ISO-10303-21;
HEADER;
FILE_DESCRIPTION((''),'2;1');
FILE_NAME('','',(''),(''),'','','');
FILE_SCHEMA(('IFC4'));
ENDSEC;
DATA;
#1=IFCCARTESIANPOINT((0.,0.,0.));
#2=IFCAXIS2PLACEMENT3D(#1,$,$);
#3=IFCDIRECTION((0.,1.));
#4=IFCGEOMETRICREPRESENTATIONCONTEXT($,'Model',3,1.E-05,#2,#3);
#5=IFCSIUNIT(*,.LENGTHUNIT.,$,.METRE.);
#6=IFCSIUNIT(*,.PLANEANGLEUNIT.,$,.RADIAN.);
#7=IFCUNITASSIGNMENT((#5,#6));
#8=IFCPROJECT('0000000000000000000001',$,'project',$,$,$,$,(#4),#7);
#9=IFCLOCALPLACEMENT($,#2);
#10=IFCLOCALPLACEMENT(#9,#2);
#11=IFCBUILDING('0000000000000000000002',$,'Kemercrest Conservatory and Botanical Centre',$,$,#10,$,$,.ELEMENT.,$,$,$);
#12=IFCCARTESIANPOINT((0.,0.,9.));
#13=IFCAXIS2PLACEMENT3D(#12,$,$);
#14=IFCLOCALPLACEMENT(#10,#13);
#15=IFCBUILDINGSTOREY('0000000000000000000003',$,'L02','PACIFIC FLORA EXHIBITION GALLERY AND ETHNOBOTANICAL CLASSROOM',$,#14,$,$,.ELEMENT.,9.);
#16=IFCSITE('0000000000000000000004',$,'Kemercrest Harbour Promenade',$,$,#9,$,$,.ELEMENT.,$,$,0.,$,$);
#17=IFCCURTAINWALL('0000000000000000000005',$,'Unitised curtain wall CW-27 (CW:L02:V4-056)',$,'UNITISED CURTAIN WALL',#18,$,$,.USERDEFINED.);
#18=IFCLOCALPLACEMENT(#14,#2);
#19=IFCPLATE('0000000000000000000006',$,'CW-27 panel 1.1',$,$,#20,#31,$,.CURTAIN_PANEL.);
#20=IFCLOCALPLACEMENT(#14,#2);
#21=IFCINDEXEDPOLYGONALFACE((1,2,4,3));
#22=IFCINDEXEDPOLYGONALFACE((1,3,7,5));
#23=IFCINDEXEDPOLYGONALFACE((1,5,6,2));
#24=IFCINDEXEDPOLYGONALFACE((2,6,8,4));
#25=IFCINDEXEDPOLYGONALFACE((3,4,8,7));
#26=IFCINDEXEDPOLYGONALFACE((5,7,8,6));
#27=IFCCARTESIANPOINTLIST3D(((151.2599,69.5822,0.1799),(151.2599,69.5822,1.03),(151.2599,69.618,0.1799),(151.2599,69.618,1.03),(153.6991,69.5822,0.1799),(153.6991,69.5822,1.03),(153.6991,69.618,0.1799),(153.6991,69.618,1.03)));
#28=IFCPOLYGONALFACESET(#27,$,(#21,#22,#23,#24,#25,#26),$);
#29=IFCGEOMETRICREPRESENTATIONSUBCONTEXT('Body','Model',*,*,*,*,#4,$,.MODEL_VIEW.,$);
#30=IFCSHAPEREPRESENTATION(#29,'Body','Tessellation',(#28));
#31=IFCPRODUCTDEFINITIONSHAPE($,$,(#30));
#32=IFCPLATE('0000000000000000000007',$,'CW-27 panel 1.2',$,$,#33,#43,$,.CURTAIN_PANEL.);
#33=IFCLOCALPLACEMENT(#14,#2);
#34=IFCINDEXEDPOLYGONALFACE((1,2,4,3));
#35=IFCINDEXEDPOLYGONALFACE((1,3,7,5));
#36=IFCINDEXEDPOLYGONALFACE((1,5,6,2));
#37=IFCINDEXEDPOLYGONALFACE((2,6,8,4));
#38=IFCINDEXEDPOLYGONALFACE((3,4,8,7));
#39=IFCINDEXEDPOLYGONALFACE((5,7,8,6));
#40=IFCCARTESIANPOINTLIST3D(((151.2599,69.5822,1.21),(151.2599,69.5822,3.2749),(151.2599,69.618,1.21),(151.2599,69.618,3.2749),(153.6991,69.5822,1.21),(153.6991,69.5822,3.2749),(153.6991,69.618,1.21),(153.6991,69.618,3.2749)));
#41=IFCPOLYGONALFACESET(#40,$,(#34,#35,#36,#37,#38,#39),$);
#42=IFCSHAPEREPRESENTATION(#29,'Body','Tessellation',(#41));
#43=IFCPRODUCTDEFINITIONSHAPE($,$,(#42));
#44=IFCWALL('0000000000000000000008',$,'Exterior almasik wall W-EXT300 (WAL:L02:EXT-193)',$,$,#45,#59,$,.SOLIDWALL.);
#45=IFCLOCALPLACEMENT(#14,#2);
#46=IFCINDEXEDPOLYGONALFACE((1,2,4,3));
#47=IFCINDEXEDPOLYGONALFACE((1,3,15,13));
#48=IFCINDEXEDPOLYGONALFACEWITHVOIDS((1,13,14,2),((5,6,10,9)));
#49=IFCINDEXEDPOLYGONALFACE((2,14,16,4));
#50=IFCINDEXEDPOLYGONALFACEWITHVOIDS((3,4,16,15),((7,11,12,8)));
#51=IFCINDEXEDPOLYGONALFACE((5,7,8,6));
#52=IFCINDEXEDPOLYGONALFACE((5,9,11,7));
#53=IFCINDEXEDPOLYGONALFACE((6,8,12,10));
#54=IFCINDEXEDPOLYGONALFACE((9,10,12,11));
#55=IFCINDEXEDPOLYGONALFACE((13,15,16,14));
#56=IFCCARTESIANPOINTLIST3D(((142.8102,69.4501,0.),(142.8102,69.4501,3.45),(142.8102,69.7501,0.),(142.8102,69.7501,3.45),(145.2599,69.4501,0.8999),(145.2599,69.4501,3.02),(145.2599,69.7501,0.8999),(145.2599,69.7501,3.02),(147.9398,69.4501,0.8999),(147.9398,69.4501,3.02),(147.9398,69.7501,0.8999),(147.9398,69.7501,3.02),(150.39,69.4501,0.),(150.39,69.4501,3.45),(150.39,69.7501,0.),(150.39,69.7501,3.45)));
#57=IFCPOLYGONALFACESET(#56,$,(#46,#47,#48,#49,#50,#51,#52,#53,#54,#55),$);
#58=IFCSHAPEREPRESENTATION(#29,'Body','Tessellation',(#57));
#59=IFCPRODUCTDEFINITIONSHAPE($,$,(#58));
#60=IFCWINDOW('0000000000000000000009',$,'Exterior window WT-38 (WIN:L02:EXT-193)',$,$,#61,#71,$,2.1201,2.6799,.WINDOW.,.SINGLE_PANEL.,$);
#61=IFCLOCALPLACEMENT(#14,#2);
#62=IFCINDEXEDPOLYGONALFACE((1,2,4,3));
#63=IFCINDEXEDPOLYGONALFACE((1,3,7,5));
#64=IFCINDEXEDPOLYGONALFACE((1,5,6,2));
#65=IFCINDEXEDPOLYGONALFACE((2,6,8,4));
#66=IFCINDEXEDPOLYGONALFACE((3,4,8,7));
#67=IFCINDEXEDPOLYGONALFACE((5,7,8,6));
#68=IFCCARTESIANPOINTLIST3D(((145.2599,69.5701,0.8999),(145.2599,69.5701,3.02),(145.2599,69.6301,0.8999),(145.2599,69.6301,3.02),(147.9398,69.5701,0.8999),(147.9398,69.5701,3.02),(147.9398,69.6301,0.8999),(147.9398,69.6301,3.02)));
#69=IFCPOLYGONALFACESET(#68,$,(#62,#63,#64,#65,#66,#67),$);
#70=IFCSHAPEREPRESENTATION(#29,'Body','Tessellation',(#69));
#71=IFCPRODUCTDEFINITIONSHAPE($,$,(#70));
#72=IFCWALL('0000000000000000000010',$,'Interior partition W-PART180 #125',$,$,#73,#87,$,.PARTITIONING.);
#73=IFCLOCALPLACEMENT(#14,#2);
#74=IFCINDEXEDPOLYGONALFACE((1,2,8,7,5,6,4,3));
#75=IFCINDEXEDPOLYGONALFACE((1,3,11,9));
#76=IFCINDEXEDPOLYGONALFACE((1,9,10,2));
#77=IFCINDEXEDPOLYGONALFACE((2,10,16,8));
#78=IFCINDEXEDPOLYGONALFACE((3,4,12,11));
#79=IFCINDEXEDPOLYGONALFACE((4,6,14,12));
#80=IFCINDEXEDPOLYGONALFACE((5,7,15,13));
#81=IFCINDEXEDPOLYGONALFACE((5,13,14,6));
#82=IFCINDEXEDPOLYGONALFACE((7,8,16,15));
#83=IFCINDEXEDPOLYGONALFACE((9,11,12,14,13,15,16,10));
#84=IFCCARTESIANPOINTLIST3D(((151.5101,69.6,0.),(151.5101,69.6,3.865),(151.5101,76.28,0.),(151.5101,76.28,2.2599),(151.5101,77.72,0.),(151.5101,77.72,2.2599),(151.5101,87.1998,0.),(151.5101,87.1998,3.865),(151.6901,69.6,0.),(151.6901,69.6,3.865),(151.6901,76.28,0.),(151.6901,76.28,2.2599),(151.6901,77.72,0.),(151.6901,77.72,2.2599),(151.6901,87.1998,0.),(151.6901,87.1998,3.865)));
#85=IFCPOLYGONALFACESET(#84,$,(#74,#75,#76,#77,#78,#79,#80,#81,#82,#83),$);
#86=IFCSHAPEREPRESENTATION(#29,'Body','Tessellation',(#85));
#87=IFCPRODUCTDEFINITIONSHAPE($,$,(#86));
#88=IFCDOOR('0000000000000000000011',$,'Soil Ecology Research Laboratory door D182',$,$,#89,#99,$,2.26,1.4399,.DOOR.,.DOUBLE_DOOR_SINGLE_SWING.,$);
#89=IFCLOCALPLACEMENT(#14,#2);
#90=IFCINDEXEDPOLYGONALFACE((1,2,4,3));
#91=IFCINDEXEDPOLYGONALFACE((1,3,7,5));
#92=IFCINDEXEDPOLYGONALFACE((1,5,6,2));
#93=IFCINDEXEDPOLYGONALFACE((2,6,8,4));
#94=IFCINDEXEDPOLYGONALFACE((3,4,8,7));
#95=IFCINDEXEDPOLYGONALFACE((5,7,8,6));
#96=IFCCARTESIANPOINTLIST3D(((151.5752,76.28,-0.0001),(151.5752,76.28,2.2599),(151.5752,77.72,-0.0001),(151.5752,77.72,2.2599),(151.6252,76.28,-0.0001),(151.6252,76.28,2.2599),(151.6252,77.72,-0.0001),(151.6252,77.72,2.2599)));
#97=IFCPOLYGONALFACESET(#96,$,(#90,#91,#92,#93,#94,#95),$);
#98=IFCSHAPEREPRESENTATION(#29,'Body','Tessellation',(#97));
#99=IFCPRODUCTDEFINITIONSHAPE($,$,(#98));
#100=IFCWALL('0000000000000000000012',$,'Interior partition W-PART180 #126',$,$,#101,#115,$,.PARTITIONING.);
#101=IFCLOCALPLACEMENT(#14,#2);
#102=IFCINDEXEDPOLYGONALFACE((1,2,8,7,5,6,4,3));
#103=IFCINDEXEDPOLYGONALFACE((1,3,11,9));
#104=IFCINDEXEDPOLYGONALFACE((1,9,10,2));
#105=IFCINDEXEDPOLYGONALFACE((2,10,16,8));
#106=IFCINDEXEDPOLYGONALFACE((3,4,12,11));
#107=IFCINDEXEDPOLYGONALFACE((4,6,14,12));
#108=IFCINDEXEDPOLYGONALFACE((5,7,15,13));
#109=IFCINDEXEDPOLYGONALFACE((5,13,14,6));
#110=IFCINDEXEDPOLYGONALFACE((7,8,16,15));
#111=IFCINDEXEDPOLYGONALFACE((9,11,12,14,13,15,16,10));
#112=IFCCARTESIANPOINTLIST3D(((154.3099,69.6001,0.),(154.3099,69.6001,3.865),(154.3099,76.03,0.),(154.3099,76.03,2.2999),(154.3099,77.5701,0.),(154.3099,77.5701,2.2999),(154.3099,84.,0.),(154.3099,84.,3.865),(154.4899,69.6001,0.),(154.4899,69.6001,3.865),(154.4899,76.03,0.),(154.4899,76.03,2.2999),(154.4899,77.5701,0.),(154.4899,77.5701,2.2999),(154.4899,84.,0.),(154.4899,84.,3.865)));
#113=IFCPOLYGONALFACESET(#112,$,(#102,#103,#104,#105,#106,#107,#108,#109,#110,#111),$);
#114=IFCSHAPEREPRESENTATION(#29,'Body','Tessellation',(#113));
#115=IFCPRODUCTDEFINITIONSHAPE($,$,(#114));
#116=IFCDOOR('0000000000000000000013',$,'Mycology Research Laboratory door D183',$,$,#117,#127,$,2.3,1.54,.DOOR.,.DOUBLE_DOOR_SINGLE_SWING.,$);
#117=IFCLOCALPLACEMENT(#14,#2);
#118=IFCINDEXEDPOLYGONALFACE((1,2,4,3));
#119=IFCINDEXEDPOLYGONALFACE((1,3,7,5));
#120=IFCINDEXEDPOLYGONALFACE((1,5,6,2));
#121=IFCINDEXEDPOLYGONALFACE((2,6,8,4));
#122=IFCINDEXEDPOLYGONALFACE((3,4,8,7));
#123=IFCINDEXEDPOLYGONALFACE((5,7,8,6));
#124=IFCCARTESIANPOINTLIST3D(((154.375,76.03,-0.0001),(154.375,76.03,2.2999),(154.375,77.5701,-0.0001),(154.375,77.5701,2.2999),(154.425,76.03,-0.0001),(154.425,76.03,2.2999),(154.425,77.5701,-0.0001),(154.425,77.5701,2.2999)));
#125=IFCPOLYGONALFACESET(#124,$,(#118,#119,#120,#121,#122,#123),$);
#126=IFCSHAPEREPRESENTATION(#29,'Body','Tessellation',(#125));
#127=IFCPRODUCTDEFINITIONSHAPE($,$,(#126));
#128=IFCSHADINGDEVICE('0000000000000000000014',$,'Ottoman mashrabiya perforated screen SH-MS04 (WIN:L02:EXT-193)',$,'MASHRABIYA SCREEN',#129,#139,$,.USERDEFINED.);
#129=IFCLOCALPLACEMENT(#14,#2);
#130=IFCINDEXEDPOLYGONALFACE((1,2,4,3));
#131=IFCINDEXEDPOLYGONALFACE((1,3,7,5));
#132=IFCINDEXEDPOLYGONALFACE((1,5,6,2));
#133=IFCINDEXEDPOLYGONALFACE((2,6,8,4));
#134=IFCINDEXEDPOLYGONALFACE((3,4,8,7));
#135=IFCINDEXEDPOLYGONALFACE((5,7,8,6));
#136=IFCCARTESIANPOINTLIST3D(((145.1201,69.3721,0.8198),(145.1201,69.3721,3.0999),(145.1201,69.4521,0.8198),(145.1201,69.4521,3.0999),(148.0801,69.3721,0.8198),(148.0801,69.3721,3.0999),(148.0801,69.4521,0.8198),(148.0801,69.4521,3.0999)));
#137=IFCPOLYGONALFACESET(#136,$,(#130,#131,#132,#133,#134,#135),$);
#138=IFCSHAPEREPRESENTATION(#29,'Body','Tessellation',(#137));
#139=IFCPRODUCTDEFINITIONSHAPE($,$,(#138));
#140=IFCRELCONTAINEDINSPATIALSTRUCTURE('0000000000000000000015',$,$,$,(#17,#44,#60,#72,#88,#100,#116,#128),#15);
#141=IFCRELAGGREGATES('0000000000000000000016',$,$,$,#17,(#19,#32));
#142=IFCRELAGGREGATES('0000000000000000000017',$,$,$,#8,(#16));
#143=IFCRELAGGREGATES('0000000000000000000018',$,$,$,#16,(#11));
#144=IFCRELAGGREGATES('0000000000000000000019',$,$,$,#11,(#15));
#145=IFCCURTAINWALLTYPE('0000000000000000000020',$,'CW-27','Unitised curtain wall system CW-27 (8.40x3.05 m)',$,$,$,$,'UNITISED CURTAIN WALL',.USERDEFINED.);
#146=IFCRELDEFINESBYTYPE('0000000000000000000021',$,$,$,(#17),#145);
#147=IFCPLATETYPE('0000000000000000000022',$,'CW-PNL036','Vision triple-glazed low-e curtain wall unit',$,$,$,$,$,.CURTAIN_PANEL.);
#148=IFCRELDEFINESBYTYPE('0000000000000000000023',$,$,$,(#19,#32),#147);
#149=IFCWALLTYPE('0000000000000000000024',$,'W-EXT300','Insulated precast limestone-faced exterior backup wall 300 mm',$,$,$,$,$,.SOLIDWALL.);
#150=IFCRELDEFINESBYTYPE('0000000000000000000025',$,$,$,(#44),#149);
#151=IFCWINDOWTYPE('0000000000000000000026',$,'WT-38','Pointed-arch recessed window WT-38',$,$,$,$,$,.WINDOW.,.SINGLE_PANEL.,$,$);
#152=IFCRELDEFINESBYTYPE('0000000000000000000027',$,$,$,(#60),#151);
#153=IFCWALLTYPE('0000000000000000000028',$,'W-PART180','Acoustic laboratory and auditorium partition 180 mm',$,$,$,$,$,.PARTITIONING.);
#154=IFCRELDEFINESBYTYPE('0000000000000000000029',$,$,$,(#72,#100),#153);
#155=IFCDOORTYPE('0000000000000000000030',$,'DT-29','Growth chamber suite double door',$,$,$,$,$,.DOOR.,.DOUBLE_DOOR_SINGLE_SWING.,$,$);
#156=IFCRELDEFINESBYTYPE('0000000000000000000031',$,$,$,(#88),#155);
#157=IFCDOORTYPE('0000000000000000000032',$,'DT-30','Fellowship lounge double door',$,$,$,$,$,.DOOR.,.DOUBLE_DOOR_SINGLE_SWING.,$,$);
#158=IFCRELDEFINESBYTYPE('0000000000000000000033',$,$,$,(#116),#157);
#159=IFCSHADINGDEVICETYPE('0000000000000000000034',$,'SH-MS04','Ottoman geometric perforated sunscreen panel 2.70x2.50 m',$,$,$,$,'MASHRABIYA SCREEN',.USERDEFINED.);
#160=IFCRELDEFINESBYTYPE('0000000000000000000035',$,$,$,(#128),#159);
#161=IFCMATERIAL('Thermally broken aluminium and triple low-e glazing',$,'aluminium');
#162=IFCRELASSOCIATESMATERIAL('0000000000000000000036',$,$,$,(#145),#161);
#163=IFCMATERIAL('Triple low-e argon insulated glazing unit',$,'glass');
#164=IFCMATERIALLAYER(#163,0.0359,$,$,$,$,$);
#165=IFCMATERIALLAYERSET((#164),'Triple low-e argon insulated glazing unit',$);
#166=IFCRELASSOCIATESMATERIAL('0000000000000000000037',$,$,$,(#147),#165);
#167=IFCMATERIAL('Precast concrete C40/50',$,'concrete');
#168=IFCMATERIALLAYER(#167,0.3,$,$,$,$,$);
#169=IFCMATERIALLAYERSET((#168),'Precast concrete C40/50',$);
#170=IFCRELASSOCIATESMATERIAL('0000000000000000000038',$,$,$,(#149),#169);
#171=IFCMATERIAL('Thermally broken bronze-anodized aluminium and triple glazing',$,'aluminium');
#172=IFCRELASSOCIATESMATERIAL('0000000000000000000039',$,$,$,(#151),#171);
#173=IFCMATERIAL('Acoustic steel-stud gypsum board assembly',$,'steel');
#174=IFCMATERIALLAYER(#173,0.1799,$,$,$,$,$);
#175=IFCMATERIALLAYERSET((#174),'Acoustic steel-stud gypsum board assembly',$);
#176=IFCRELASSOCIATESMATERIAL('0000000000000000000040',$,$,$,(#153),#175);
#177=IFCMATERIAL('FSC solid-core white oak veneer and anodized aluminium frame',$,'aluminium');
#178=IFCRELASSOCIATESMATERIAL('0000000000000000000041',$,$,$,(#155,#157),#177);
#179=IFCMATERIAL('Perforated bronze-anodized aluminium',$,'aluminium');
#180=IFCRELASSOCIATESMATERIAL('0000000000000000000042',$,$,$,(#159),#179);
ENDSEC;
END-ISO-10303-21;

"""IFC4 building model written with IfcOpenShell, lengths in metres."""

from ifc_helpers import new_model, si_unit, direction, frame, frame_2d, origin, origin_2d, place, context, subcontext, project, spatial, rectangle, extrude, material, layer, layer_set, type_object, element, fill, aggregate, save


model = new_model("IFC4")

# Units and contexts
model_context = context("Model", 3, precision=1e-05, world=origin(), true_north=direction((0.0, 1.0)))
body_context = subcontext(model_context, "Body", "Model", "MODEL_VIEW")
ifc_project = project(units=[si_unit("LENGTHUNIT", "METRE"), si_unit("PLANEANGLEUNIT", "RADIAN")], contexts=[model_context])

# Site, building, storey
site_placement = place(None, origin())
site = spatial("IfcSite", under=ifc_project, at=site_placement, Name="Kemercrest Harbour Promenade", CompositionType="ELEMENT", RefElevation=0.0)
building_placement = place(site_placement, origin())
building = spatial("IfcBuilding", under=site, at=building_placement, Name="Kemercrest Conservatory and Botanical Centre", CompositionType="ELEMENT")
storey_placement = place(building_placement, frame((0.0, 0.0, 9.0)))
storey = spatial("IfcBuildingStorey", under=building, at=storey_placement, Name="L02", Description="PACIFIC FLORA EXHIBITION GALLERY AND ETHNOBOTANICAL CLASSROOM", CompositionType="ELEMENT", Elevation=9.0)

# Curtain wall
ifc_material_1 = material(Name="Thermally broken aluminium and triple low-e glazing", Category="aluminium")
curtain_wall_type = type_object("IfcCurtainWallType", Name="CW-27", Description="Unitised curtain wall system CW-27 (8.40x3.05 m)", ElementType="UNITISED CURTAIN WALL", PredefinedType="USERDEFINED", material=ifc_material_1)
curtain_wall_placement = place(storey_placement, origin())
curtain_wall = element("IfcCurtainWall", 1, at=curtain_wall_placement, inside=storey, type_object=curtain_wall_type, Name="Unitised curtain wall CW-27 (CW:L02:V4-056)", ObjectType="UNITISED CURTAIN WALL", PredefinedType="USERDEFINED")

# Plates
ifc_material_2 = material(Name="Triple low-e argon insulated glazing unit", Category="glass")
ifc_layer_1 = layer(ifc_material_2, 0.0359)
ifc_layer_set_1 = layer_set([ifc_layer_1], Name="Triple low-e argon insulated glazing unit")
plate_type = type_object("IfcPlateType", Name="CW-PNL036", Description="Vision triple-glazed low-e curtain wall unit", PredefinedType="CURTAIN_PANEL", material=ifc_layer_set_1)
plate_1_placement = place(storey_placement, frame((152.4795, 69.6001, 0.1799), z_axis=(0.0, 0.0, 1.0), x_axis=(1.0, 0.0, 0.0)))
plate_1 = element("IfcPlate", 2, at=plate_1_placement, type_object=plate_type, Name="CW-27 panel 1.1", PredefinedType="CURTAIN_PANEL", context=body_context, shape_type="SweptSolid", body=[
    extrude(rectangle(XDim=2.4392, YDim=0.0359, at=origin_2d()), origin(), (0.0, 0.0, 1.0), 0.8501),
])
plate_2_placement = place(storey_placement, frame((152.4795, 69.6001, 1.21), z_axis=(0.0, 0.0, 1.0), x_axis=(1.0, 0.0, 0.0)))
plate_2 = element("IfcPlate", 3, at=plate_2_placement, type_object=plate_type, Name="CW-27 panel 1.2", PredefinedType="CURTAIN_PANEL", context=body_context, shape_type="SweptSolid", body=[
    extrude(rectangle(XDim=2.4392, YDim=0.0359, at=origin_2d()), origin(), (0.0, 0.0, 1.0), 2.0649),
])
aggregate(curtain_wall, [plate_1, plate_2])

# Wall, opening, window
ifc_material_3 = material(Name="Precast concrete C40/50", Category="concrete")
ifc_layer_2 = layer(ifc_material_3, 0.3)
ifc_layer_set_2 = layer_set([ifc_layer_2], Name="Precast concrete C40/50")
wall_type_1 = type_object("IfcWallType", Name="W-EXT300", Description="Insulated precast limestone-faced exterior backup wall 300 mm", PredefinedType="SOLIDWALL", material=ifc_layer_set_2)
wall_1_placement = place(storey_placement, frame((142.8101, 69.6001, 0.0), z_axis=(0.0, 0.0, 1.0), x_axis=(1.0, 0.0, 0.0)))
wall_1 = element("IfcWall", 4, at=wall_1_placement, inside=storey, type_object=wall_type_1, Name="Exterior almasik wall W-EXT300 (WAL:L02:EXT-193)", PredefinedType="SOLIDWALL", context=body_context, shape_type="SweptSolid", body=[
    extrude(rectangle(XDim=7.5798, YDim=0.3, at=frame_2d((3.79, 0.0))), origin(), (0.0, 0.0, 1.0), 3.45),
])
opening_1_placement = place(wall_1_placement, frame((2.45, 0.0, 0.8999)))
opening_1 = element("IfcOpeningElement", 5, at=opening_1_placement, cuts=wall_1, PredefinedType="OPENING", context=body_context, shape_type="SweptSolid", body=[
    extrude(rectangle(XDim=2.6799, YDim=2.1201, at=frame_2d((1.3398, 1.0601))), frame((0.0, 0.1602, 0.0), z_axis=(0.0, -1.0, 0.0), x_axis=(1.0, 0.0, 0.0)), (0.0, 0.0, 1.0), 0.3201),
])
ifc_material_4 = material(Name="Thermally broken bronze-anodized aluminium and triple glazing", Category="aluminium")
window_type = type_object("IfcWindowType", Name="WT-38", Description="Pointed-arch recessed window WT-38", PartitioningType="SINGLE_PANEL", PredefinedType="WINDOW", material=ifc_material_4)
window_placement = place(opening_1_placement, origin())
window = element("IfcWindow", 6, at=window_placement, inside=storey, type_object=window_type, Name="Exterior window WT-38 (WIN:L02:EXT-193)", OverallHeight=2.1201, OverallWidth=2.6799, PartitioningType="SINGLE_PANEL", PredefinedType="WINDOW", context=body_context, shape_type="SweptSolid", body=[
    extrude(rectangle(XDim=2.6799, YDim=2.1201, at=frame_2d((1.3398, 1.0601))), frame((0.0, 0.03, 0.0), z_axis=(0.0, -1.0, 0.0), x_axis=(1.0, 0.0, 0.0)), (0.0, 0.0, 1.0), 0.0601),
])
fill(opening_1, window)

# Walls, openings, doors
ifc_material_5 = material(Name="Acoustic steel-stud gypsum board assembly", Category="steel")
ifc_layer_3 = layer(ifc_material_5, 0.1799)
ifc_layer_set_3 = layer_set([ifc_layer_3], Name="Acoustic steel-stud gypsum board assembly")
wall_type_2 = type_object("IfcWallType", Name="W-PART180", Description="Acoustic laboratory and auditorium partition 180 mm", PredefinedType="PARTITIONING", material=ifc_layer_set_3)
wall_2_placement = place(storey_placement, frame((151.6001, 69.6001, 0.0), z_axis=(0.0, 0.0, 1.0), x_axis=(0.0, 1.0, 0.0)))
wall_2 = element("IfcWall", 7, at=wall_2_placement, inside=storey, type_object=wall_type_2, Name="Interior partition W-PART180 #125", PredefinedType="PARTITIONING", context=body_context, shape_type="SweptSolid", body=[
    extrude(rectangle(XDim=17.5999, YDim=0.1799, at=frame_2d((8.7998, 0.0))), origin(), (0.0, 0.0, 1.0), 3.865),
])
opening_2_placement = place(wall_2_placement, frame((6.6799, 0.0, 0.0)))
opening_2 = element("IfcOpeningElement", 8, at=opening_2_placement, cuts=wall_2, PredefinedType="OPENING", context=body_context, shape_type="SweptSolid", body=[
    extrude(rectangle(XDim=1.4399, YDim=2.26, at=frame_2d((0.72, 1.1299))), frame((0.0, 0.1001, 0.0), z_axis=(0.0, -1.0, 0.0), x_axis=(1.0, 0.0, 0.0)), (0.0, 0.0, 1.0), 0.2),
])
ifc_material_6 = material(Name="FSC solid-core white oak veneer and anodized aluminium frame", Category="aluminium")
door_type_1 = type_object("IfcDoorType", Name="DT-29", Description="Growth chamber suite double door", OperationType="DOUBLE_DOOR_SINGLE_SWING", PredefinedType="DOOR", material=ifc_material_6)
door_1_placement = place(opening_2_placement, origin())
door_1 = element("IfcDoor", 9, at=door_1_placement, inside=storey, type_object=door_type_1, Name="Soil Ecology Research Laboratory door D182", OperationType="DOUBLE_DOOR_SINGLE_SWING", OverallHeight=2.26, OverallWidth=1.4399, PredefinedType="DOOR", context=body_context, shape_type="SweptSolid", body=[
    extrude(rectangle(XDim=1.4399, YDim=2.26, at=frame_2d((0.72, 1.1299))), frame((0.0, 0.0249, 0.0), z_axis=(0.0, -1.0, 0.0), x_axis=(1.0, 0.0, 0.0)), (0.0, 0.0, 1.0), 0.05),
])
fill(opening_2, door_1)
wall_3_placement = place(storey_placement, frame((154.3999, 69.6001, 0.0), z_axis=(0.0, 0.0, 1.0), x_axis=(0.0, 1.0, 0.0)))
wall_3 = element("IfcWall", 10, at=wall_3_placement, inside=storey, type_object=wall_type_2, Name="Interior partition W-PART180 #126", PredefinedType="PARTITIONING", context=body_context, shape_type="SweptSolid", body=[
    extrude(rectangle(XDim=14.3999, YDim=0.1799, at=frame_2d((7.2, 0.0))), origin(), (0.0, 0.0, 1.0), 3.865),
])
opening_3_placement = place(wall_3_placement, frame((6.4299, 0.0, 0.0)))
opening_3 = element("IfcOpeningElement", 11, at=opening_3_placement, cuts=wall_3, PredefinedType="OPENING", context=body_context, shape_type="SweptSolid", body=[
    extrude(rectangle(XDim=1.54, YDim=2.3, at=frame_2d((0.77, 1.1499))), frame((0.0, 0.1001, 0.0), z_axis=(0.0, -1.0, 0.0), x_axis=(1.0, 0.0, 0.0)), (0.0, 0.0, 1.0), 0.2),
])
door_type_2 = type_object("IfcDoorType", Name="DT-30", Description="Fellowship lounge double door", OperationType="DOUBLE_DOOR_SINGLE_SWING", PredefinedType="DOOR", material=ifc_material_6)
door_2_placement = place(opening_3_placement, origin())
door_2 = element("IfcDoor", 12, at=door_2_placement, inside=storey, type_object=door_type_2, Name="Mycology Research Laboratory door D183", OperationType="DOUBLE_DOOR_SINGLE_SWING", OverallHeight=2.3, OverallWidth=1.54, PredefinedType="DOOR", context=body_context, shape_type="SweptSolid", body=[
    extrude(rectangle(XDim=1.54, YDim=2.3, at=frame_2d((0.77, 1.1499))), frame((0.0, 0.0249, 0.0), z_axis=(0.0, -1.0, 0.0), x_axis=(1.0, 0.0, 0.0)), (0.0, 0.0, 1.0), 0.05),
])
fill(opening_3, door_2)

# Shading device
ifc_material_7 = material(Name="Perforated bronze-anodized aluminium", Category="aluminium")
shading_device_type = type_object("IfcShadingDeviceType", Name="SH-MS04", Description="Ottoman geometric perforated sunscreen panel 2.70x2.50 m", ElementType="MASHRABIYA SCREEN", PredefinedType="USERDEFINED", material=ifc_material_7)
shading_device_placement = place(storey_placement, frame((146.6001, 69.4121, 0.8198), z_axis=(0.0, 0.0, 1.0), x_axis=(1.0, 0.0, 0.0)))
element("IfcShadingDevice", 13, at=shading_device_placement, inside=storey, type_object=shading_device_type, Name="Ottoman mashrabiya perforated screen SH-MS04 (WIN:L02:EXT-193)", ObjectType="MASHRABIYA SCREEN", PredefinedType="USERDEFINED", context=body_context, shape_type="SweptSolid", body=[
    extrude(rectangle(XDim=2.96, YDim=0.0801, at=origin_2d()), origin(), (0.0, 0.0, 1.0), 2.28),
])

save(model, "model.ifc")
